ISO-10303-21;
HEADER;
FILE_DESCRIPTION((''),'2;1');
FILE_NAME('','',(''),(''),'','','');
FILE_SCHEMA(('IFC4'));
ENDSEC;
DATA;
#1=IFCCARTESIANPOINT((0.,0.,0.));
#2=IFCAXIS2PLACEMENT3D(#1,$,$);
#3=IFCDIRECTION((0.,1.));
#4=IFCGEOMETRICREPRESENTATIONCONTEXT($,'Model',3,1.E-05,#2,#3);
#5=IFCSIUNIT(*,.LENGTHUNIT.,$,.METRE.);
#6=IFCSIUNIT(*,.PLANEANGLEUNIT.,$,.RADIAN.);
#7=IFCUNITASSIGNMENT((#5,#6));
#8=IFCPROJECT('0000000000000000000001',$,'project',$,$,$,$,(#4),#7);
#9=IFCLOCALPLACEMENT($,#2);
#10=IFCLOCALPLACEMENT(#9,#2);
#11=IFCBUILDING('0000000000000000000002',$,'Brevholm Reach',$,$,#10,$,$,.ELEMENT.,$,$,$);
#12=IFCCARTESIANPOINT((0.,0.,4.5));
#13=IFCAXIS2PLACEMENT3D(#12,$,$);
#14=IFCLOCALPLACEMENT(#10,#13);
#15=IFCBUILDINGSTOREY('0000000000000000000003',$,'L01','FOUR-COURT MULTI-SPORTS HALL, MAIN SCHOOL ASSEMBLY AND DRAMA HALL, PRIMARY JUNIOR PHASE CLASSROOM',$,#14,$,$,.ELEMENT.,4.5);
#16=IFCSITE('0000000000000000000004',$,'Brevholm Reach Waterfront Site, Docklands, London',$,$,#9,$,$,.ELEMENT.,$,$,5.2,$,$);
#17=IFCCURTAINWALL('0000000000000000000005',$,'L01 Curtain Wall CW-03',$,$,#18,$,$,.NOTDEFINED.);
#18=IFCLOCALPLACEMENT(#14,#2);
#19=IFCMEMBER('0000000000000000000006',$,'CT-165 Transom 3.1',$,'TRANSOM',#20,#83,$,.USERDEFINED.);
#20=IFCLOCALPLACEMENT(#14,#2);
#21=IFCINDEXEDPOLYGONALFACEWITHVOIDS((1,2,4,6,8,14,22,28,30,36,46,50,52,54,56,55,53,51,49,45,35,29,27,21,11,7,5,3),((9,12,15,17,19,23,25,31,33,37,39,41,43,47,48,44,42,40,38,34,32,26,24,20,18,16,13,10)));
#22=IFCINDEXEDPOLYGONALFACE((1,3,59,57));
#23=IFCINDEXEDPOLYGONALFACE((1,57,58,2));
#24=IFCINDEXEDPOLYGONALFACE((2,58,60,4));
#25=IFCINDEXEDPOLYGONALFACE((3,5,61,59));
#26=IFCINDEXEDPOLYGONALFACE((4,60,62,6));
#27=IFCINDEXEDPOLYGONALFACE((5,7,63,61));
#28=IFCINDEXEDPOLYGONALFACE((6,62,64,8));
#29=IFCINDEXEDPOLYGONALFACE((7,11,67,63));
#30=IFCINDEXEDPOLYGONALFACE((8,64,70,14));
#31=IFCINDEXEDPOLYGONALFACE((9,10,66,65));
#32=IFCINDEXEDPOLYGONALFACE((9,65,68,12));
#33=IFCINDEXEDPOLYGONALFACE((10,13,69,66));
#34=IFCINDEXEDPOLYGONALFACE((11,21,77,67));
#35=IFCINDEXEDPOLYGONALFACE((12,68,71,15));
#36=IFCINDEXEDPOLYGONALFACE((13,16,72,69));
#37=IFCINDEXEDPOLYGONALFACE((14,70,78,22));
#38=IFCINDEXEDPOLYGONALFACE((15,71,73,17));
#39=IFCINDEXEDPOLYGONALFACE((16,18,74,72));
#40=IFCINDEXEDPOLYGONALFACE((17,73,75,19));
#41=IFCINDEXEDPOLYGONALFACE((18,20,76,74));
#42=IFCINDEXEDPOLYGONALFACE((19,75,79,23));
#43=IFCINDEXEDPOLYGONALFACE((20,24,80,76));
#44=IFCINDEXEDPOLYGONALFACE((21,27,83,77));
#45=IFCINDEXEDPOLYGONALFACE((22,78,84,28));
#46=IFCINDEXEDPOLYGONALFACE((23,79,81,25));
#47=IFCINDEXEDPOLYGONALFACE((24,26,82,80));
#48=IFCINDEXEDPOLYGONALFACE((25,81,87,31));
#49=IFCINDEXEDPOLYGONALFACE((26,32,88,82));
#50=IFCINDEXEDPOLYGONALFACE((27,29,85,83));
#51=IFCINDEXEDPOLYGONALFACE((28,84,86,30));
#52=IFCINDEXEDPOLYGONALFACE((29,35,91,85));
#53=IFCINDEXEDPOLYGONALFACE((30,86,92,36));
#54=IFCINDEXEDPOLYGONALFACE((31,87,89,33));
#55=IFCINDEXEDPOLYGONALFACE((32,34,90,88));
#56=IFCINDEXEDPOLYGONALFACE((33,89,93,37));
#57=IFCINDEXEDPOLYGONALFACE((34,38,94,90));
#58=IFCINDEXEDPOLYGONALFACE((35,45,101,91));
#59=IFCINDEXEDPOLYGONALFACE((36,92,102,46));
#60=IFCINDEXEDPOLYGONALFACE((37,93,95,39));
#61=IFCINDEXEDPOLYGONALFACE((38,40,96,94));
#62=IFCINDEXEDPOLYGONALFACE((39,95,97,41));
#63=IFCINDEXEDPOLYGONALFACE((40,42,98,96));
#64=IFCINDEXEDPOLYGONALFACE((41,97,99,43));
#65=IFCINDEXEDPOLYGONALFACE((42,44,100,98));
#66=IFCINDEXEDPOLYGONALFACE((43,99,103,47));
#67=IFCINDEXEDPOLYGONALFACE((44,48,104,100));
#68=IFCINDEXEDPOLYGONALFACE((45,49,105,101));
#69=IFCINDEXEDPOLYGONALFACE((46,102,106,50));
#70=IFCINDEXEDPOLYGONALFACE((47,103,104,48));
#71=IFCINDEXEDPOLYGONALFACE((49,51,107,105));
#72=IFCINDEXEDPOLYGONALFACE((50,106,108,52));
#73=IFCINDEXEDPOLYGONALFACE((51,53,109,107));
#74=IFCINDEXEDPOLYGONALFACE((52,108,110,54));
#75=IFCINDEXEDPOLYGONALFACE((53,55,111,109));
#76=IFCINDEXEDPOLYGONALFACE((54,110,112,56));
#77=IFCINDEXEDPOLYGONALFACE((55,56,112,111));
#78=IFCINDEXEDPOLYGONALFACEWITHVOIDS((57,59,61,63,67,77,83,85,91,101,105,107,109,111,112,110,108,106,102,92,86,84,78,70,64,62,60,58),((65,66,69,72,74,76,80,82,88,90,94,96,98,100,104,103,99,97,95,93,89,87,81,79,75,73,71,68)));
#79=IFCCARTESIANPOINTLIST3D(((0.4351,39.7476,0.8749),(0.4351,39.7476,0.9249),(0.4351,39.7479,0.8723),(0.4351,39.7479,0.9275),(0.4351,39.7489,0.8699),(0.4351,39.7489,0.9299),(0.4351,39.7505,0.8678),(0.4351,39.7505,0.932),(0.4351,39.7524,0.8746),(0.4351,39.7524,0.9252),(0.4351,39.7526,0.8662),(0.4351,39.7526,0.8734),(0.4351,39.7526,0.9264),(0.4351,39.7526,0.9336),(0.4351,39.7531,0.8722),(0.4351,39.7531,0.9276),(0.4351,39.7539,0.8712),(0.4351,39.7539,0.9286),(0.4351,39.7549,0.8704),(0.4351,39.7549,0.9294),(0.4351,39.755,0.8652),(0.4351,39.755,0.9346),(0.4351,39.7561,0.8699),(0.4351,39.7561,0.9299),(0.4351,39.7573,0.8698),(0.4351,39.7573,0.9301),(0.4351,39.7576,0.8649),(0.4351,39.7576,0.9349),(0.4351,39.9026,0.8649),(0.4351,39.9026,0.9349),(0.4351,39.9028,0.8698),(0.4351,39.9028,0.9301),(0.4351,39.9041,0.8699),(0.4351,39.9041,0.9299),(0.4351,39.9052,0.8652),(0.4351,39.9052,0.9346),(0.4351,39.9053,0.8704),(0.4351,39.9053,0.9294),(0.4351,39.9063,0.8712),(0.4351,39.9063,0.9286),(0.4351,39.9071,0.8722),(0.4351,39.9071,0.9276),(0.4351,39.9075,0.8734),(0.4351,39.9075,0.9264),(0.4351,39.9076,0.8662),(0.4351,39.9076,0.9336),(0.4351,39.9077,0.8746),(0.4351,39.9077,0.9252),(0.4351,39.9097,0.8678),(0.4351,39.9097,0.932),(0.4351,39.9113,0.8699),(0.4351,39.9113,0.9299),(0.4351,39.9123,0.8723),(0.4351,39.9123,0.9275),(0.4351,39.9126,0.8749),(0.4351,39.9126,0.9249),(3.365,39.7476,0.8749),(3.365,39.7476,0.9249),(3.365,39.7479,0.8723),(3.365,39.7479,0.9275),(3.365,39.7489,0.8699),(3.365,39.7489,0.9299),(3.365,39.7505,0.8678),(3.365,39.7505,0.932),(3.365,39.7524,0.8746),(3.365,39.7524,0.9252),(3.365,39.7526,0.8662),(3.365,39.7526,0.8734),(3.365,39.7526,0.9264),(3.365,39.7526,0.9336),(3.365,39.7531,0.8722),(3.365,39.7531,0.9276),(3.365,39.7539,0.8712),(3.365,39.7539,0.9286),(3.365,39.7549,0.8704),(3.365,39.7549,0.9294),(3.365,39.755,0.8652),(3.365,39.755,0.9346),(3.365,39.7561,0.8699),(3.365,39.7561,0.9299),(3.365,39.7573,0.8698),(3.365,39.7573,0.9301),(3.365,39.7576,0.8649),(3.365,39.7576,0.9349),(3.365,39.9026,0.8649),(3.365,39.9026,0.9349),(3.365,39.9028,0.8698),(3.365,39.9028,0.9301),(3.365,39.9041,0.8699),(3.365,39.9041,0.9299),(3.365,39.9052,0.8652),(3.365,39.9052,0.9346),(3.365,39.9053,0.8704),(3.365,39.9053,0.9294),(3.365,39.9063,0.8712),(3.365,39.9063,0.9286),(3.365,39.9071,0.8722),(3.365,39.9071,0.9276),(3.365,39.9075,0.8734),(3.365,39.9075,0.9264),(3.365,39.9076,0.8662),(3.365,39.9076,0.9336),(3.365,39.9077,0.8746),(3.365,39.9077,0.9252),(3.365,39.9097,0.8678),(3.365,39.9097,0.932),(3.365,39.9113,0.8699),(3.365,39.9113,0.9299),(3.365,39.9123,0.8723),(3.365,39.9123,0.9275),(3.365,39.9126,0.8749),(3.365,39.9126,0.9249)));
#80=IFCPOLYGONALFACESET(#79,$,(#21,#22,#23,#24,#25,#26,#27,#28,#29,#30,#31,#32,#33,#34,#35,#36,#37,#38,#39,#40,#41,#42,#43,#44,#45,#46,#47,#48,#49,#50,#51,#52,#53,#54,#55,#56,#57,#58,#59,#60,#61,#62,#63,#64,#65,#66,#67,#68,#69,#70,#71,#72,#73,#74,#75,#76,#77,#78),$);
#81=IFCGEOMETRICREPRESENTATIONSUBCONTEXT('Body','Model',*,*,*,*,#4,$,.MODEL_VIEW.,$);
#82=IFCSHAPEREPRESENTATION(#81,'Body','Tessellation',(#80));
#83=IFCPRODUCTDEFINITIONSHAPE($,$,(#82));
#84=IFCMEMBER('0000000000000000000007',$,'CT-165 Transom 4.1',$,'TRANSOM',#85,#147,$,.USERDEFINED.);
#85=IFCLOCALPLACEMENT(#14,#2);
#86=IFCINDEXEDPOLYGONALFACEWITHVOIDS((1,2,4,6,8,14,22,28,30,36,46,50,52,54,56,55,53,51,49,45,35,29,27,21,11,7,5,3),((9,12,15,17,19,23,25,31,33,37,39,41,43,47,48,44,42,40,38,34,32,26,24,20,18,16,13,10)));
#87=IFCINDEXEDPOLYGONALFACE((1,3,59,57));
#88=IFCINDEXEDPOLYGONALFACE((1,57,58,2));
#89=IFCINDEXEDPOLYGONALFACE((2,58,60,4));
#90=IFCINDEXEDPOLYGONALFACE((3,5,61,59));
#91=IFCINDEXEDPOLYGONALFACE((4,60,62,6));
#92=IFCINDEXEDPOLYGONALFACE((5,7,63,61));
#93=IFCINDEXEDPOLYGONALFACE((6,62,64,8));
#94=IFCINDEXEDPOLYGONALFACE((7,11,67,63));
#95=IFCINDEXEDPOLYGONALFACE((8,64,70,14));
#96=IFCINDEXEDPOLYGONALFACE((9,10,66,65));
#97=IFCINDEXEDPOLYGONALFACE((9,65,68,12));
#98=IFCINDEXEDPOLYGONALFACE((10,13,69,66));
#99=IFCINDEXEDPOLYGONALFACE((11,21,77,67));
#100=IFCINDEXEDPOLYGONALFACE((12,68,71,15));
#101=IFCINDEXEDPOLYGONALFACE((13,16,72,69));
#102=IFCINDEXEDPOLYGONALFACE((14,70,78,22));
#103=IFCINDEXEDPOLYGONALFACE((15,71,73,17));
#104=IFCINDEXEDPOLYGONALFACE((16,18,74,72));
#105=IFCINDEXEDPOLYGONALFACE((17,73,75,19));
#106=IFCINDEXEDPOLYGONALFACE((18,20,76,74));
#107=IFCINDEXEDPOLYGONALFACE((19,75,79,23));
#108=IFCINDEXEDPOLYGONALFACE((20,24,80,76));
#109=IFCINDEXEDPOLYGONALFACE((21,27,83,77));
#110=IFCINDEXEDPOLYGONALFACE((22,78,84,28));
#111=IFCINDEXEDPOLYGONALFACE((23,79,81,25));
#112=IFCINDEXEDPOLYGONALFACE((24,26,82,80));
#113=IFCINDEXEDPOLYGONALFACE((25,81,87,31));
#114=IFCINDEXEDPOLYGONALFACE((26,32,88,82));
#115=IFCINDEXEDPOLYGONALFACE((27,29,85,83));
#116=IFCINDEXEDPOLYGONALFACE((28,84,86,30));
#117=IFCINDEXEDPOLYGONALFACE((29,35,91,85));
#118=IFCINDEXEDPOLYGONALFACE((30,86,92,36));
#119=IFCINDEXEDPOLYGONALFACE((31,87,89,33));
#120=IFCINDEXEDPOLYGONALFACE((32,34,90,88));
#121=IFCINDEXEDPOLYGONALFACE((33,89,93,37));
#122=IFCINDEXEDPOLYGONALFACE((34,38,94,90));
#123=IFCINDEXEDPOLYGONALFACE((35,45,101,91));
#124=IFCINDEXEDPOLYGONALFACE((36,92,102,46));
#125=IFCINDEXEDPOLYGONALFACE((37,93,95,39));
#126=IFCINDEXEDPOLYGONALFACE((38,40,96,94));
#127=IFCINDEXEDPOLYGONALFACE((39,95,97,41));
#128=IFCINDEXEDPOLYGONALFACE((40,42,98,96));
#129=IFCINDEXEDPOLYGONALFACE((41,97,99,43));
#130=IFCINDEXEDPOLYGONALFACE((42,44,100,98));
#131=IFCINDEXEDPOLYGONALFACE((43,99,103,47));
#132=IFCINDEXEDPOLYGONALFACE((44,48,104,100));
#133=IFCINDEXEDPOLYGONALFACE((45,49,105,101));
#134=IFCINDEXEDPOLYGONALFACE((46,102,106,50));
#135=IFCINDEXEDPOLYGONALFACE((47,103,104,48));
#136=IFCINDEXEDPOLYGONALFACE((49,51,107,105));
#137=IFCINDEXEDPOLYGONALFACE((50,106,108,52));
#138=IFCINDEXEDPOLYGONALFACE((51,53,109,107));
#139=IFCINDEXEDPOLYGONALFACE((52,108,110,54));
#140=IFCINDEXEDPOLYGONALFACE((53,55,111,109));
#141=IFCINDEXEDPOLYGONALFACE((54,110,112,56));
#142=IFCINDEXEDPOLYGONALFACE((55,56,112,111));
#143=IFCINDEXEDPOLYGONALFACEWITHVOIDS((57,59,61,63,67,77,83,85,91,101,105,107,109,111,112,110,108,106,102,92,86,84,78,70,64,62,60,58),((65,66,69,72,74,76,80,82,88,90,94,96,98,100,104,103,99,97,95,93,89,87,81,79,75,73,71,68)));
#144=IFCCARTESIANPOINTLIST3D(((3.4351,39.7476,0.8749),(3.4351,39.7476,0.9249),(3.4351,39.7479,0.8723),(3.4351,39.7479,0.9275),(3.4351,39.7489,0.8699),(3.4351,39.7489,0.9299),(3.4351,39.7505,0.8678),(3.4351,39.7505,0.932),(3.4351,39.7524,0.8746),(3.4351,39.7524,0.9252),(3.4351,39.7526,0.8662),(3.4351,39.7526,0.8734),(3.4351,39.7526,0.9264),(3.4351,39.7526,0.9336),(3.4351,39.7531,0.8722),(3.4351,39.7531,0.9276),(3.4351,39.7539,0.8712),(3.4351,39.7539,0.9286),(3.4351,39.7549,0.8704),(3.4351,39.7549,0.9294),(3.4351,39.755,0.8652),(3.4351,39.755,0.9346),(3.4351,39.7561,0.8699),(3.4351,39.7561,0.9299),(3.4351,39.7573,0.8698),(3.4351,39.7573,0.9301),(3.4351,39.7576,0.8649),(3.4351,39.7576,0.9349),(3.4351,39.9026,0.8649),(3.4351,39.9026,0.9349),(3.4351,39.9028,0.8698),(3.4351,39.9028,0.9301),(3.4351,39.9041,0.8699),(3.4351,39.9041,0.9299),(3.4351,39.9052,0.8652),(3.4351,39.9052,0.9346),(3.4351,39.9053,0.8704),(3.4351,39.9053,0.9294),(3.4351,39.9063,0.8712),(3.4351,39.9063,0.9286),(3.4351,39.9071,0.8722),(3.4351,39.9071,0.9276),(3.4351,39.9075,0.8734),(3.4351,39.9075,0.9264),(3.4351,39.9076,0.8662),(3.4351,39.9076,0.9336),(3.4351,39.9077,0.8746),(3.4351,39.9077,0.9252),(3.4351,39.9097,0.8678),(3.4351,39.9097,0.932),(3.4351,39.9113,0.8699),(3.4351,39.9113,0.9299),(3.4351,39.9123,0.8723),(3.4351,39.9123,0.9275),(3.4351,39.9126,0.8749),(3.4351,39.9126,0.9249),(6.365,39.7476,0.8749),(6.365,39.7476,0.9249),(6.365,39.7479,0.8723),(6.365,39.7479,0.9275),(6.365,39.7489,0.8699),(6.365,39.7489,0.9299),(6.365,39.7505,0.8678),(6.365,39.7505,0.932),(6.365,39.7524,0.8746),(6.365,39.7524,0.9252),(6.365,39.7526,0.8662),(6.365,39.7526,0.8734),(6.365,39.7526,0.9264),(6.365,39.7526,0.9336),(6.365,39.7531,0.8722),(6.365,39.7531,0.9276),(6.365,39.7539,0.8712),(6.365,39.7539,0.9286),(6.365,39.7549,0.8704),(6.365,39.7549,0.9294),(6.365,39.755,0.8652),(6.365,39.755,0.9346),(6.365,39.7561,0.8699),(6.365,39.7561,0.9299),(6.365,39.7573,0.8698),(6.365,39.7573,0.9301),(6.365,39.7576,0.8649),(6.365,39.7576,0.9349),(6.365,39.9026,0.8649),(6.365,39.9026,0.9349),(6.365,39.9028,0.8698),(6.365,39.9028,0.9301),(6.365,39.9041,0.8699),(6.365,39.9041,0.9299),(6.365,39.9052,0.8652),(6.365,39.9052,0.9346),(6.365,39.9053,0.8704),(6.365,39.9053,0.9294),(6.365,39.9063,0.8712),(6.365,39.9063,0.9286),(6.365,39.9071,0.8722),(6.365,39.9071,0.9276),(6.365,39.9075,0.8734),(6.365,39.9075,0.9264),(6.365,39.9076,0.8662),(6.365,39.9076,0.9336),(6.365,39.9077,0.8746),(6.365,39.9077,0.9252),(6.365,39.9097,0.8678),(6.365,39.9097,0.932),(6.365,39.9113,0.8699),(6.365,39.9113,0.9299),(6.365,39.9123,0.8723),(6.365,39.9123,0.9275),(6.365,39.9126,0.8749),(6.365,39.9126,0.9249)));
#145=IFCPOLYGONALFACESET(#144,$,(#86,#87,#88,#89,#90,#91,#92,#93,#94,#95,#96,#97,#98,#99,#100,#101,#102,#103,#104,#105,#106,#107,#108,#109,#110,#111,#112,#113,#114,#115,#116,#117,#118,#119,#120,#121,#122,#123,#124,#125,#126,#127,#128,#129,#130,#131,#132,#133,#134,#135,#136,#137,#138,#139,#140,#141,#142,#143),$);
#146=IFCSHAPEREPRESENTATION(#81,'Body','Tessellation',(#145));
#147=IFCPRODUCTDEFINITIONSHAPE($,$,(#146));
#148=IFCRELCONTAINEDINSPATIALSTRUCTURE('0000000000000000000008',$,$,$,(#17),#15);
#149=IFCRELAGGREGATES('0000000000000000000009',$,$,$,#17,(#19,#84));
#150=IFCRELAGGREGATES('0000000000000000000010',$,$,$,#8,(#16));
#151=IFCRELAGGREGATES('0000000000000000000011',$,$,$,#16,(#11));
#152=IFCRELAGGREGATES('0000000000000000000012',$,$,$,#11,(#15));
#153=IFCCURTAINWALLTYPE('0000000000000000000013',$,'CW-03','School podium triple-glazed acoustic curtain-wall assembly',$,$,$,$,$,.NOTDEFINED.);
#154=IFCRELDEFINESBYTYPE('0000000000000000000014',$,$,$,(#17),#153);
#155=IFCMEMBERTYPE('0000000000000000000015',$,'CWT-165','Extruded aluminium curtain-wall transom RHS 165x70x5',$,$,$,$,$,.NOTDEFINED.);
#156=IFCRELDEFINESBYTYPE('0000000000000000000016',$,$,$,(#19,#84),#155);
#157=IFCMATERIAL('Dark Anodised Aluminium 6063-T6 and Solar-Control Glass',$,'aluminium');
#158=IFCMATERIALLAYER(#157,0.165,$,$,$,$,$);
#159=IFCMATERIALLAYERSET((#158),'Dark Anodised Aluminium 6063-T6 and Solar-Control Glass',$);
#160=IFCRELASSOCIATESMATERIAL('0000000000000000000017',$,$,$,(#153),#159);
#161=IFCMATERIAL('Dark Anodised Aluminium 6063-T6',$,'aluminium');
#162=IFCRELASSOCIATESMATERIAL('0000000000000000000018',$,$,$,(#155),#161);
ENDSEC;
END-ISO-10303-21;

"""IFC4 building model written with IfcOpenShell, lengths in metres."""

from ifc_helpers import new_model, si_unit, direction, frame, origin, origin_2d, place, context, subcontext, project, spatial, hollow_rectangle, extrude, material, layer, layer_set, material_profile, profile_set, type_object, element, aggregate, save


model = new_model("IFC4")

# Units and contexts
model_context = context("Model", 3, precision=1e-05, world=origin(), true_north=direction((0.0, 1.0)))
body_context = subcontext(model_context, "Body", "Model", "MODEL_VIEW")
ifc_project = project(units=[si_unit("LENGTHUNIT", "METRE"), si_unit("PLANEANGLEUNIT", "RADIAN")], contexts=[model_context])

# Site, building, storey
site_placement = place(None, origin())
site = spatial("IfcSite", under=ifc_project, at=site_placement, Name="Brevholm Reach Waterfront Site, Docklands, London", CompositionType="ELEMENT", RefElevation=5.2)
building_placement = place(site_placement, origin())
building = spatial("IfcBuilding", under=site, at=building_placement, Name="Brevholm Reach", CompositionType="ELEMENT")
storey_placement = place(building_placement, frame((0.0, 0.0, 4.5)))
storey = spatial("IfcBuildingStorey", under=building, at=storey_placement, Name="L01", Description="FOUR-COURT MULTI-SPORTS HALL, MAIN SCHOOL ASSEMBLY AND DRAMA HALL, PRIMARY JUNIOR PHASE CLASSROOM", CompositionType="ELEMENT", Elevation=4.5)

# Curtain wall, members
ifc_material_1 = material(Name="Dark Anodised Aluminium 6063-T6 and Solar-Control Glass", Category="aluminium")
ifc_layer_1 = layer(ifc_material_1, 0.165)
ifc_layer_set_1 = layer_set([ifc_layer_1], Name="Dark Anodised Aluminium 6063-T6 and Solar-Control Glass")
curtain_wall_type = type_object("IfcCurtainWallType", Name="CW-03", Description="School podium triple-glazed acoustic curtain-wall assembly", PredefinedType="NOTDEFINED", material=ifc_layer_set_1)
curtain_wall_placement = place(storey_placement, origin())
curtain_wall = element("IfcCurtainWall", 1, at=curtain_wall_placement, inside=storey, type_object=curtain_wall_type, Name="L01 Curtain Wall CW-03", PredefinedType="NOTDEFINED")
ifc_material_2 = material(Name="Dark Anodised Aluminium 6063-T6", Category="aluminium")
ifc_material_profile_1 = material_profile(ifc_material_2, hollow_rectangle(XDim=0.0701, YDim=0.165, WallThickness=0.0049, InnerFilletRadius=0.0049, OuterFilletRadius=0.01, at=origin_2d()), Name="RHS 165x70x5")
ifc_profile_set_1 = profile_set([ifc_material_profile_1], Name="Dark Anodised Aluminium 6063-T6")
member_type_1 = type_object("IfcMemberType", Name="CWT-165", Description="Extruded aluminium curtain-wall transom RHS 165x70x5", PredefinedType="NOTDEFINED", material=ifc_profile_set_1)
member_1_placement = place(storey_placement, frame((0.4351, 39.8301, 0.8999), z_axis=(1.0, 0.0, 0.0), x_axis=(0.0, 0.0, 1.0)))
member_1 = element("IfcMember", 2, at=member_1_placement, type_object=member_type_1, Name="CT-165 Transom 3.1", ObjectType="TRANSOM", PredefinedType="USERDEFINED", context=body_context, shape_type="SweptSolid", body=[
    extrude(hollow_rectangle(XDim=0.0701, YDim=0.165, WallThickness=0.0049, InnerFilletRadius=0.0049, OuterFilletRadius=0.01, at=origin_2d()), origin(), (0.0, 0.0, 1.0), 2.9299),
])
member_2_placement = place(storey_placement, frame((3.4351, 39.8301, 0.8999), z_axis=(1.0, 0.0, 0.0), x_axis=(0.0, 0.0, 1.0)))
member_2 = element("IfcMember", 3, at=member_2_placement, type_object=member_type_1, Name="CT-165 Transom 4.1", ObjectType="TRANSOM", PredefinedType="USERDEFINED", context=body_context, shape_type="SweptSolid", body=[
    extrude(hollow_rectangle(XDim=0.0701, YDim=0.165, WallThickness=0.0049, InnerFilletRadius=0.0049, OuterFilletRadius=0.01, at=origin_2d()), origin(), (0.0, 0.0, 1.0), 2.9299),
])
aggregate(curtain_wall, [member_1, member_2])

save(model, "model.ifc")
